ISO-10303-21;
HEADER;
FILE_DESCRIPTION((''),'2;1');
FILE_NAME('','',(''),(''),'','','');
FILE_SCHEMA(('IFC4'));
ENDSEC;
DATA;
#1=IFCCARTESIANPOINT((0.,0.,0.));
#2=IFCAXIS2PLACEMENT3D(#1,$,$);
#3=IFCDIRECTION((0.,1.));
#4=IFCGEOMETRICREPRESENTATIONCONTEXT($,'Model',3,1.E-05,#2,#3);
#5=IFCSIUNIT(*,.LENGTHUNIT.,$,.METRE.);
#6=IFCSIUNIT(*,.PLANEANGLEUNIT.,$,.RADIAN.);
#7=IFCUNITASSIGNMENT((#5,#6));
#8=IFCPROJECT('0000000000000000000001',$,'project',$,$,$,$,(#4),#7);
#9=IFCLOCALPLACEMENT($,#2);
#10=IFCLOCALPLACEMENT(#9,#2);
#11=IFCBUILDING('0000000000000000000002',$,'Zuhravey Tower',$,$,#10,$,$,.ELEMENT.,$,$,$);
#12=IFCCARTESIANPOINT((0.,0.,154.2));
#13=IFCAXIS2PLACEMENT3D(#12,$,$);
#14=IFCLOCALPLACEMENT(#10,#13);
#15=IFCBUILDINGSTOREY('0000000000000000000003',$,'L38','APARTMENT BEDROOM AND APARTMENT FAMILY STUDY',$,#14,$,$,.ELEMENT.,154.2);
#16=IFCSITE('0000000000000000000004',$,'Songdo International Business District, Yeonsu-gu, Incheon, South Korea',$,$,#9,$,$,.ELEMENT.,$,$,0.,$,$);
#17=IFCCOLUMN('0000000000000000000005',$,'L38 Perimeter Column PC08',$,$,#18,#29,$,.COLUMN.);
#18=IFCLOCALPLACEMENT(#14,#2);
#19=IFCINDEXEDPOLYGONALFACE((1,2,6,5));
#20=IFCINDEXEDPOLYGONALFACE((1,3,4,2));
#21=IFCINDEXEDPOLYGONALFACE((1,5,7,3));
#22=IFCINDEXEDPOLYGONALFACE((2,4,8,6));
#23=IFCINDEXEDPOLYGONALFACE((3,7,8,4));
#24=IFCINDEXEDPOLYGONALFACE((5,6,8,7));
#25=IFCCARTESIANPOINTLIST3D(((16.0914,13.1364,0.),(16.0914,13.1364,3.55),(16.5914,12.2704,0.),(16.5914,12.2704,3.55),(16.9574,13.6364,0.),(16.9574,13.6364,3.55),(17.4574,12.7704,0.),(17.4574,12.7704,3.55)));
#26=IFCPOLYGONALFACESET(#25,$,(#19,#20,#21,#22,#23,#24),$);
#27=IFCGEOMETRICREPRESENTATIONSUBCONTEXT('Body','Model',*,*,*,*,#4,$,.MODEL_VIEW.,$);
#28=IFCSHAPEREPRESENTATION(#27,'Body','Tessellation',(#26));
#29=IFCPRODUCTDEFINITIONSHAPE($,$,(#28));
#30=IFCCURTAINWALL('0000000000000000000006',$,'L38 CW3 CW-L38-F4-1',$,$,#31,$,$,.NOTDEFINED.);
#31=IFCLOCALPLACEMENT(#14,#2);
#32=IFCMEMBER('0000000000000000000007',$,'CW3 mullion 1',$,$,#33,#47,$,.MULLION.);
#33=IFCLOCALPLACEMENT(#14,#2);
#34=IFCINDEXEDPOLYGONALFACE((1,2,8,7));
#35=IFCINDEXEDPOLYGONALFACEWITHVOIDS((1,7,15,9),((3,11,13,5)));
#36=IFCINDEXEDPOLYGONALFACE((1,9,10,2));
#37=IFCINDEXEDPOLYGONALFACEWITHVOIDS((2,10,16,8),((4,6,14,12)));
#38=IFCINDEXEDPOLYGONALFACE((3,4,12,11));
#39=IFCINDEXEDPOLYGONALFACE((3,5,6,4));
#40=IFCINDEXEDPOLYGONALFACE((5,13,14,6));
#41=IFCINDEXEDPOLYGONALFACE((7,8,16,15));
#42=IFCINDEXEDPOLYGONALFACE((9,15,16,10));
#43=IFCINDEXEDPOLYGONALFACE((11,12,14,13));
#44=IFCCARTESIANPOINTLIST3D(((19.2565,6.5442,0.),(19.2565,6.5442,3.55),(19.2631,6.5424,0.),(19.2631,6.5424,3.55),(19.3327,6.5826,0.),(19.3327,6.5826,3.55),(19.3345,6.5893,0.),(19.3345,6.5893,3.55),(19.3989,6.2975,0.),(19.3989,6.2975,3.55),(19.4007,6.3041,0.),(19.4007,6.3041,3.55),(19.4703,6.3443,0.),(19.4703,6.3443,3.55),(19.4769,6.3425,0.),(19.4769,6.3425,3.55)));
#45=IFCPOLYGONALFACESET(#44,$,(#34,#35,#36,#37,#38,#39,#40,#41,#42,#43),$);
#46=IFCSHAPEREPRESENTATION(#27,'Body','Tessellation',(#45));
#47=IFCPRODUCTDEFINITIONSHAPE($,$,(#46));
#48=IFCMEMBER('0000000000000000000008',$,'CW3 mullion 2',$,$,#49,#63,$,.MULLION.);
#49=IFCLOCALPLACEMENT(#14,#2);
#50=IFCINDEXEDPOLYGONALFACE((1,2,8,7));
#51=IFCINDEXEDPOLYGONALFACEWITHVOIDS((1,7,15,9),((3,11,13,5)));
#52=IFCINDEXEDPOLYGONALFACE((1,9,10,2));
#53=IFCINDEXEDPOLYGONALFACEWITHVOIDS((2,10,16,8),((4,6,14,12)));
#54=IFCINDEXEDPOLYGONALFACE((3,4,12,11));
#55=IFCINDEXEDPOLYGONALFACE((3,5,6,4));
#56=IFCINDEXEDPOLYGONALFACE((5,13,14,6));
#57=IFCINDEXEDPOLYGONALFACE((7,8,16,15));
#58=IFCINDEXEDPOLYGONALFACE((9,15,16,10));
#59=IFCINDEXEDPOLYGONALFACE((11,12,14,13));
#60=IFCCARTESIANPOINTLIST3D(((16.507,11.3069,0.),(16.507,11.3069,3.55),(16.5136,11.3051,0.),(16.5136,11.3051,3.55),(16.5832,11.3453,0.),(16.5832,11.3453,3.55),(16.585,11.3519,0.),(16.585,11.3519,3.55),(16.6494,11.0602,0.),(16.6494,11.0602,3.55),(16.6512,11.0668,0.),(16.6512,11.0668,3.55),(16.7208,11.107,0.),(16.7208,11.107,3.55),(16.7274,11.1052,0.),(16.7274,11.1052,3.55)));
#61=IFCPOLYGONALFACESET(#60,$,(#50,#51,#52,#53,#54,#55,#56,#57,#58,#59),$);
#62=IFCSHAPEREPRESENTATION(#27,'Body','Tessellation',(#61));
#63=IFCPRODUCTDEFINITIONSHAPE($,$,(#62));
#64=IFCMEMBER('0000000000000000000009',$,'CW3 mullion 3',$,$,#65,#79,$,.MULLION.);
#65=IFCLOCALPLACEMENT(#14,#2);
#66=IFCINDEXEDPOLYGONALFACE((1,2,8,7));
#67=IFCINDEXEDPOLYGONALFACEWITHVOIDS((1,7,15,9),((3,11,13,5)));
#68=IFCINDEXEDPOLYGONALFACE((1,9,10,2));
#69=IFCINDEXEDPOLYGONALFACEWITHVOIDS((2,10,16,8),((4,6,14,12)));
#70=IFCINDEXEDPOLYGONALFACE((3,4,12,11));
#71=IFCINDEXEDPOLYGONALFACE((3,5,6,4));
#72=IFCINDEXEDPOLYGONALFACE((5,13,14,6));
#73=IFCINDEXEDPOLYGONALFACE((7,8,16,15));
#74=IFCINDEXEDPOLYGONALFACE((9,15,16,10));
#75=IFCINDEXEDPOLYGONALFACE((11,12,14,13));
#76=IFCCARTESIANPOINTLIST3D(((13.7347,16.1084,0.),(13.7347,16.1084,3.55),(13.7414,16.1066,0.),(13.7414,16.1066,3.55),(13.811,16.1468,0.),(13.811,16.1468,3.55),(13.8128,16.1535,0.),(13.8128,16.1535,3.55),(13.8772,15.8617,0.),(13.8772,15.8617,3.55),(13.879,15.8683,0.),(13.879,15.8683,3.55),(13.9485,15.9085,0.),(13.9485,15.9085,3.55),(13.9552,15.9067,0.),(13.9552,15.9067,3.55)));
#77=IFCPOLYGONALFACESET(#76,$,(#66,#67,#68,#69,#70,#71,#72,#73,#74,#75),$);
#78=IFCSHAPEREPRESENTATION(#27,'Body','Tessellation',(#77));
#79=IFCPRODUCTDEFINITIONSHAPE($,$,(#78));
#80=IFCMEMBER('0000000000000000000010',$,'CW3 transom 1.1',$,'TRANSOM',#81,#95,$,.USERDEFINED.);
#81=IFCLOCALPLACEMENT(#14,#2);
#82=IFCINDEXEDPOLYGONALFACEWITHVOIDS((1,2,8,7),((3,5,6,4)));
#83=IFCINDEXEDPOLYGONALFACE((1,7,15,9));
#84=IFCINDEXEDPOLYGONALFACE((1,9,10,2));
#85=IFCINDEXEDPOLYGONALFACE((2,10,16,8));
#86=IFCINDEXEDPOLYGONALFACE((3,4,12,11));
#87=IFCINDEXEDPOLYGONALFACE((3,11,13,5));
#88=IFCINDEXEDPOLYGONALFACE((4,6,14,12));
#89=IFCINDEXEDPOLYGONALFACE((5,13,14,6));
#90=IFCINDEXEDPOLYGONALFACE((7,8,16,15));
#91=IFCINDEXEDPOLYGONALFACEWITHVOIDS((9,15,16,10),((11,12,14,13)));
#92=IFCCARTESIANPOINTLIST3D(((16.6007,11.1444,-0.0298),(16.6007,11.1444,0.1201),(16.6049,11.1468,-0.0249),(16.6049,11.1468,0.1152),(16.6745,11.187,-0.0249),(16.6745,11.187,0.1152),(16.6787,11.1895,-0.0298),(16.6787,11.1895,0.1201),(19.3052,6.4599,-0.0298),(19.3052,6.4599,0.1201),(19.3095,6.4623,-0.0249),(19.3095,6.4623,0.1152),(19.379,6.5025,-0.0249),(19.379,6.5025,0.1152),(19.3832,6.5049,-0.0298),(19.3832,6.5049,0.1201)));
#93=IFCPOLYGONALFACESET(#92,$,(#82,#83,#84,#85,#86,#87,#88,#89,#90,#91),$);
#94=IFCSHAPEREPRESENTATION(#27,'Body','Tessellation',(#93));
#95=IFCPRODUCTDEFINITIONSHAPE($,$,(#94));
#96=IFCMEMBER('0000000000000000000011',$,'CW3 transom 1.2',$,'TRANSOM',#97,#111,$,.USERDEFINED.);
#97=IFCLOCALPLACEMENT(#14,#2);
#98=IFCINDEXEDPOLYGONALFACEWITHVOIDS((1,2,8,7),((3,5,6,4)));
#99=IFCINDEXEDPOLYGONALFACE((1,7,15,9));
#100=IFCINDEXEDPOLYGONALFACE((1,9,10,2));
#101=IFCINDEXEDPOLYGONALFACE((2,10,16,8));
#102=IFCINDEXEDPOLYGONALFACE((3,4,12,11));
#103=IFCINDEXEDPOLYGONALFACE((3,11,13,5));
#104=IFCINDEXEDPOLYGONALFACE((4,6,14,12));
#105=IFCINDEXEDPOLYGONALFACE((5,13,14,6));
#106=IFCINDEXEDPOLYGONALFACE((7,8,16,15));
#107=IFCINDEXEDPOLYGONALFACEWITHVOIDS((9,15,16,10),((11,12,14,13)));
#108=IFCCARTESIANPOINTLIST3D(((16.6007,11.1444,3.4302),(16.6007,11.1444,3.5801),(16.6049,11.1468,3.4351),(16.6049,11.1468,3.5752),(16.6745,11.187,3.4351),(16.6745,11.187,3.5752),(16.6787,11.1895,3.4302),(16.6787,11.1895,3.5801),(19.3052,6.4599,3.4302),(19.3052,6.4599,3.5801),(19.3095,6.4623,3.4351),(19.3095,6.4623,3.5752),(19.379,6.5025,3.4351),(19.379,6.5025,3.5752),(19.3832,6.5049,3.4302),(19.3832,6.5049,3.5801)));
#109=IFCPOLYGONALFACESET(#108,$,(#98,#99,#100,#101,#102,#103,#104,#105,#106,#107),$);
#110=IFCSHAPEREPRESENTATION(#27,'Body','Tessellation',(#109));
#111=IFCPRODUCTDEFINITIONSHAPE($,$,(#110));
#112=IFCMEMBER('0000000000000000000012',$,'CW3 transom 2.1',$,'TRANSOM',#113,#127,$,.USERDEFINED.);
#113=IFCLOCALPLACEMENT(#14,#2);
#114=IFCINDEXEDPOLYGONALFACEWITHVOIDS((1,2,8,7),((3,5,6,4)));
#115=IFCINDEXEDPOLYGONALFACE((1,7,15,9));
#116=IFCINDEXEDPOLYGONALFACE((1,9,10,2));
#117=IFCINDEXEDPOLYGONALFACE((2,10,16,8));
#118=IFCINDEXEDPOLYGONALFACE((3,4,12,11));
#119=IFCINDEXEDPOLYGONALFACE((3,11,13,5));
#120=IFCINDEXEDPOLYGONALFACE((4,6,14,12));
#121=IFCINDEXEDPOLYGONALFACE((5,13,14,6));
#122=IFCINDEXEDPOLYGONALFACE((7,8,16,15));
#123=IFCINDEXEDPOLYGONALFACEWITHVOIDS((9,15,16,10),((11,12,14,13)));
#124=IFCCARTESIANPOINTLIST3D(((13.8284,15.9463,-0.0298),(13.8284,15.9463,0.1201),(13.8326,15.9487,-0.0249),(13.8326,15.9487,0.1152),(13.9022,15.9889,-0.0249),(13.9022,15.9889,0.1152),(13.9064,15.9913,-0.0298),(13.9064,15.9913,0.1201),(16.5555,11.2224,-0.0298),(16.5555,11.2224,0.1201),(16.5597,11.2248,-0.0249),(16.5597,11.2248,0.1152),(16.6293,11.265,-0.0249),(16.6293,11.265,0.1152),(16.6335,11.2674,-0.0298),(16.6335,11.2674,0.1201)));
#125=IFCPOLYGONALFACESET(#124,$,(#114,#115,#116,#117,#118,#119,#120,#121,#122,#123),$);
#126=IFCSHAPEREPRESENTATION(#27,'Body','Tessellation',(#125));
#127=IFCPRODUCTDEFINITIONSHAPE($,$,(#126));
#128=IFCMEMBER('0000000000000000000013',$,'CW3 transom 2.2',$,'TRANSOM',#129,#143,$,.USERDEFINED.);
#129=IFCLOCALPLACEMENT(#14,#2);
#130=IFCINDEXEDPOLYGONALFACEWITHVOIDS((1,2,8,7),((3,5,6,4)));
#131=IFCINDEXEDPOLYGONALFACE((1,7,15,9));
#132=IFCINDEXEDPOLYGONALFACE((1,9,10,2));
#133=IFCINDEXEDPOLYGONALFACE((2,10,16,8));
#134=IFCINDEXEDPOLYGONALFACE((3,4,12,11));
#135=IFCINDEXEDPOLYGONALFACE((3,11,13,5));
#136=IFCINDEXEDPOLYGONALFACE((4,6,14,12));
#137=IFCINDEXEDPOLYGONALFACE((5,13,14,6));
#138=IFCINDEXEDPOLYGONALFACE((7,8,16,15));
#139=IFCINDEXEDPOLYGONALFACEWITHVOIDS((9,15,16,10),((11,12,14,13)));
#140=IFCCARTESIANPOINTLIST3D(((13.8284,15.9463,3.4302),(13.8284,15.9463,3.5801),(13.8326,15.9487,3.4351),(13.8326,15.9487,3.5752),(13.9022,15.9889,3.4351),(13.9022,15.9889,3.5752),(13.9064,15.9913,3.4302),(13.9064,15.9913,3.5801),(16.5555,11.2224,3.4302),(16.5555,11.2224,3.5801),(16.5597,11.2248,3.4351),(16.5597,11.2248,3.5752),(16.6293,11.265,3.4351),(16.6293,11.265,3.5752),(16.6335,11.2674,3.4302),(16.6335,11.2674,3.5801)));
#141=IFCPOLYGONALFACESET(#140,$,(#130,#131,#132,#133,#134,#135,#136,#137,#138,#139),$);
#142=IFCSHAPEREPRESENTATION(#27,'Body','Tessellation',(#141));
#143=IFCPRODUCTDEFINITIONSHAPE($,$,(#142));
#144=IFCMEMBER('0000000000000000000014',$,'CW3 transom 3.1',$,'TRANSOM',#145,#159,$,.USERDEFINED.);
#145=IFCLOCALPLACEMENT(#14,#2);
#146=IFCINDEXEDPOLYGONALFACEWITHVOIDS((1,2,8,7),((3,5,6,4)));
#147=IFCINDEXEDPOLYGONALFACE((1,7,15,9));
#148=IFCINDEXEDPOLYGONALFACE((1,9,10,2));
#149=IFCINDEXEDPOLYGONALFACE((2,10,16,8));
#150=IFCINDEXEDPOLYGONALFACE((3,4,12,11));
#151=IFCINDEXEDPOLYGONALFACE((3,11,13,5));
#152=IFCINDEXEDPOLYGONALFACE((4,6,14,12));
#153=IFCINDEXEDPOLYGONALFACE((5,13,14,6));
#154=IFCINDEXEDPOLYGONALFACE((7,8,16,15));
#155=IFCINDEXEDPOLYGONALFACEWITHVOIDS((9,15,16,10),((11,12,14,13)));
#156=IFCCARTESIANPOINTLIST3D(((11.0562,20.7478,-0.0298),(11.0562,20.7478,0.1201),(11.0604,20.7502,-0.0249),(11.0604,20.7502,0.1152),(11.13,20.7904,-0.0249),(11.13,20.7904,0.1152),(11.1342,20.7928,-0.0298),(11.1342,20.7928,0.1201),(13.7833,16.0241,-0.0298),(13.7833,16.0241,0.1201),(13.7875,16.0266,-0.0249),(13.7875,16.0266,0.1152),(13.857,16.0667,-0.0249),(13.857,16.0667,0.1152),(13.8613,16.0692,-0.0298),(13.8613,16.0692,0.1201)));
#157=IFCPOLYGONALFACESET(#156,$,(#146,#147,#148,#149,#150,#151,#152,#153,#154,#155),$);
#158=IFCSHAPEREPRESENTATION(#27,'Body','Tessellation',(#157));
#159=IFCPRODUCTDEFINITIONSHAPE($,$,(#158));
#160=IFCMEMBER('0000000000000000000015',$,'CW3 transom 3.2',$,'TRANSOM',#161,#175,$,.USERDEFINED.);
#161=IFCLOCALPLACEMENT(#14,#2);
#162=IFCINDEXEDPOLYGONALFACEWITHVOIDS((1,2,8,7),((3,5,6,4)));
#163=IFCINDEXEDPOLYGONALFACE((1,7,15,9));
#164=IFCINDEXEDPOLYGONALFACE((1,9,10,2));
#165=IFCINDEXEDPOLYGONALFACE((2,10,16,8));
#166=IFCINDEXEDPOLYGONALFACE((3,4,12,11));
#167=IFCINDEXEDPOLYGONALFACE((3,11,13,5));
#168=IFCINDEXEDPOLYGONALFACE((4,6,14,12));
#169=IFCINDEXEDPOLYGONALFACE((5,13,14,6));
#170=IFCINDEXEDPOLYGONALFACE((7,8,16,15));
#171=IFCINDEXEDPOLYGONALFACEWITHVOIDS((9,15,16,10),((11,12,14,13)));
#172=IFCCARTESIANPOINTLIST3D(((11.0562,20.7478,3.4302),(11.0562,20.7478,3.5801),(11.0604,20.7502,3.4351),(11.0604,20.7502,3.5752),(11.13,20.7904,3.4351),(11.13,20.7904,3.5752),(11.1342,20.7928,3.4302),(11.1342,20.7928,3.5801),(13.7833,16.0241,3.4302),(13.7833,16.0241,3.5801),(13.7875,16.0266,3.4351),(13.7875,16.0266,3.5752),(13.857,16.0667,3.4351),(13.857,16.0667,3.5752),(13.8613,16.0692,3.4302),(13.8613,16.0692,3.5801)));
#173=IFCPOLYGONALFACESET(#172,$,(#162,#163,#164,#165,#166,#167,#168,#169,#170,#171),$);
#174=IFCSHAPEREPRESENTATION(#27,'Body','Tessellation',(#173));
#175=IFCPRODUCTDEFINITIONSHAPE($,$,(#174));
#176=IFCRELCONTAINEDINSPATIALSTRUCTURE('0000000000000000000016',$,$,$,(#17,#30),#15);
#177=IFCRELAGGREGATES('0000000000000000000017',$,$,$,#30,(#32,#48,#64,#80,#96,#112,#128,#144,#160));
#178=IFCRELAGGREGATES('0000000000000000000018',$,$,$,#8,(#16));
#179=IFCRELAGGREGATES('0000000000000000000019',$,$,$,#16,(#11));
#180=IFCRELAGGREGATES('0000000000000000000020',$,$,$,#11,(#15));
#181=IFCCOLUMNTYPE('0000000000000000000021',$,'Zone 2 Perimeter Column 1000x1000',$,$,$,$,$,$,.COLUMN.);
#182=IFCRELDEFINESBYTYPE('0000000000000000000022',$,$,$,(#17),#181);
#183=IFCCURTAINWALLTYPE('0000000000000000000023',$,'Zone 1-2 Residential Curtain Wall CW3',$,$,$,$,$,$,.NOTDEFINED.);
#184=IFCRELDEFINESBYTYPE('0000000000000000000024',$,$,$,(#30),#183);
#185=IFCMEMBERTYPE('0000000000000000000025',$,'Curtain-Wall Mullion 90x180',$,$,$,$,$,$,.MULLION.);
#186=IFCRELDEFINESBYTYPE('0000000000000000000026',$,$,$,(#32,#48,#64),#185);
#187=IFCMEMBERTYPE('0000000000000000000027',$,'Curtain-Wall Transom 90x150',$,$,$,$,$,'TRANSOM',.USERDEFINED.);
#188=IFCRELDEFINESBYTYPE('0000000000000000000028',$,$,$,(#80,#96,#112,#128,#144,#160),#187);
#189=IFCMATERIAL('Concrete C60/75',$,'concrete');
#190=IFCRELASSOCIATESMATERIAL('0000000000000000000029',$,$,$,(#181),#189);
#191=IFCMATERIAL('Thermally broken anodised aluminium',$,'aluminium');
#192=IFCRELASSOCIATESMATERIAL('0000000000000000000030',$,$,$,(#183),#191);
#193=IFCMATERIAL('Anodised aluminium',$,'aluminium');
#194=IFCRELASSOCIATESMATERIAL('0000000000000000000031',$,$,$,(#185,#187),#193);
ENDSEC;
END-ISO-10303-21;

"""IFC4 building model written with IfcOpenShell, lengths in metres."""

from ifc_helpers import new_model, si_unit, direction, frame, origin, origin_2d, place, context, subcontext, project, spatial, rectangle, hollow_rectangle, extrude, material, material_profile, profile_set, type_object, element, aggregate, save


model = new_model("IFC4")

# Units and contexts
model_context = context("Model", 3, precision=1e-05, world=origin(), true_north=direction((0.0, 1.0)))
body_context = subcontext(model_context, "Body", "Model", "MODEL_VIEW")
ifc_project = project(units=[si_unit("LENGTHUNIT", "METRE"), si_unit("PLANEANGLEUNIT", "RADIAN")], contexts=[model_context])

# Site, building, storey
site_placement = place(None, origin())
site = spatial("IfcSite", under=ifc_project, at=site_placement, Name="Songdo International Business District, Yeonsu-gu, Incheon, South Korea", CompositionType="ELEMENT", RefElevation=0.0)
building_placement = place(site_placement, origin())
building = spatial("IfcBuilding", under=site, at=building_placement, Name="Zuhravey Tower", CompositionType="ELEMENT")
storey_placement = place(building_placement, frame((0.0, 0.0, 154.2)))
storey = spatial("IfcBuildingStorey", under=building, at=storey_placement, Name="L38", Description="APARTMENT BEDROOM AND APARTMENT FAMILY STUDY", CompositionType="ELEMENT", Elevation=154.2)

# Column
ifc_material_1 = material(Name="Concrete C60/75", Category="concrete")
ifc_material_profile_1 = material_profile(ifc_material_1, rectangle(XDim=1.0, YDim=1.0, at=origin_2d()), Name="RC-1000x1000")
ifc_profile_set_1 = profile_set([ifc_material_profile_1], Name="Concrete C60/75")
column_type = type_object("IfcColumnType", Name="Zone 2 Perimeter Column 1000x1000", PredefinedType="COLUMN", material=ifc_profile_set_1)
column_placement = place(storey_placement, frame((16.7744, 12.9534, 0.0), z_axis=(0.0, 0.0, 1.0), x_axis=(0.5, -0.866025, 0.0)))
element("IfcColumn", 1, at=column_placement, inside=storey, type_object=column_type, Name="L38 Perimeter Column PC08", PredefinedType="COLUMN", context=body_context, shape_type="SweptSolid", body=[
    extrude(rectangle(XDim=1.0, YDim=1.0, at=origin_2d()), origin(), (0.0, 0.0, 1.0), 3.55),
])

# Curtain wall, members
ifc_material_2 = material(Name="Thermally broken anodised aluminium", Category="aluminium")
curtain_wall_type = type_object("IfcCurtainWallType", Name="Zone 1-2 Residential Curtain Wall CW3", PredefinedType="NOTDEFINED", material=ifc_material_2)
curtain_wall_placement = place(storey_placement, origin())
curtain_wall = element("IfcCurtainWall", 2, at=curtain_wall_placement, inside=storey, type_object=curtain_wall_type, Name="L38 CW3 CW-L38-F4-1", PredefinedType="NOTDEFINED")
ifc_material_3 = material(Name="Anodised aluminium", Category="aluminium")
ifc_material_profile_2 = material_profile(ifc_material_3, hollow_rectangle(XDim=0.0901, YDim=0.2849, WallThickness=0.0049, at=origin_2d()), Name="ALU-RHS-90x285x5")
ifc_profile_set_2 = profile_set([ifc_material_profile_2], Name="Anodised aluminium")
member_type_1 = type_object("IfcMemberType", Name="Curtain-Wall Mullion 90x180", PredefinedType="MULLION", material=ifc_profile_set_2)
member_1_placement = place(storey_placement, frame((19.3667, 6.4434, 0.0), z_axis=(0.0, 0.0, 1.0), x_axis=(-0.866025, -0.5, 0.0)))
member_1 = element("IfcMember", 3, at=member_1_placement, type_object=member_type_1, Name="CW3 mullion 1", PredefinedType="MULLION", context=body_context, shape_type="SweptSolid", body=[
    extrude(hollow_rectangle(XDim=0.0901, YDim=0.2849, WallThickness=0.0049, at=origin_2d()), origin(), (0.0, 0.0, 1.0), 3.55),
])
member_2_placement = place(storey_placement, frame((16.6172, 11.2061, 0.0), z_axis=(0.0, 0.0, 1.0), x_axis=(-0.866025, -0.5, 0.0)))
member_2 = element("IfcMember", 4, at=member_2_placement, type_object=member_type_1, Name="CW3 mullion 2", PredefinedType="MULLION", context=body_context, shape_type="SweptSolid", body=[
    extrude(hollow_rectangle(XDim=0.0901, YDim=0.2849, WallThickness=0.0049, at=origin_2d()), origin(), (0.0, 0.0, 1.0), 3.55),
])
member_3_placement = place(storey_placement, frame((13.845, 16.0076, 0.0), z_axis=(0.0, 0.0, 1.0), x_axis=(-0.866025, -0.5, 0.0)))
member_3 = element("IfcMember", 5, at=member_3_placement, type_object=member_type_1, Name="CW3 mullion 3", PredefinedType="MULLION", context=body_context, shape_type="SweptSolid", body=[
    extrude(hollow_rectangle(XDim=0.0901, YDim=0.2849, WallThickness=0.0049, at=origin_2d()), origin(), (0.0, 0.0, 1.0), 3.55),
])
ifc_material_profile_3 = material_profile(ifc_material_3, hollow_rectangle(XDim=0.0901, YDim=0.1499, WallThickness=0.0049, at=origin_2d()), Name="ALU-RHS-90x150x5")
ifc_profile_set_3 = profile_set([ifc_material_profile_3], Name="Anodised aluminium")
member_type_2 = type_object("IfcMemberType", Name="Curtain-Wall Transom 90x150", ElementType="TRANSOM", PredefinedType="USERDEFINED", material=ifc_profile_set_3)
member_4_placement = place(storey_placement, frame((19.3442, 6.4824, 0.0452), z_axis=(-0.499993, 0.866029, 0.0), x_axis=(-0.866029, -0.499993, 0.0)))
member_4 = element("IfcMember", 6, at=member_4_placement, type_object=member_type_2, Name="CW3 transom 1.1", ObjectType="TRANSOM", PredefinedType="USERDEFINED", context=body_context, shape_type="SweptSolid", body=[
    extrude(hollow_rectangle(XDim=0.0901, YDim=0.1499, WallThickness=0.0049, at=origin_2d()), origin(), (0.0, 0.0, 1.0), 5.4092),
])
member_5_placement = place(storey_placement, frame((19.3442, 6.4824, 3.5051), z_axis=(-0.499993, 0.866029, 0.0), x_axis=(-0.866029, -0.499993, 0.0)))
member_5 = element("IfcMember", 7, at=member_5_placement, type_object=member_type_2, Name="CW3 transom 1.2", ObjectType="TRANSOM", PredefinedType="USERDEFINED", context=body_context, shape_type="SweptSolid", body=[
    extrude(hollow_rectangle(XDim=0.0901, YDim=0.1499, WallThickness=0.0049, at=origin_2d()), origin(), (0.0, 0.0, 1.0), 5.4092),
])
member_6_placement = place(storey_placement, frame((16.5945, 11.2449, 0.0452), z_axis=(-0.499961, 0.866048, 0.0), x_axis=(-0.866048, -0.499961, 0.0)))
member_6 = element("IfcMember", 8, at=member_6_placement, type_object=member_type_2, Name="CW3 transom 2.1", ObjectType="TRANSOM", PredefinedType="USERDEFINED", context=body_context, shape_type="SweptSolid", body=[
    extrude(hollow_rectangle(XDim=0.0901, YDim=0.1499, WallThickness=0.0049, at=origin_2d()), origin(), (0.0, 0.0, 1.0), 5.4546),
])
member_7_placement = place(storey_placement, frame((16.5945, 11.2449, 3.5051), z_axis=(-0.499961, 0.866048, 0.0), x_axis=(-0.866048, -0.499961, 0.0)))
member_7 = element("IfcMember", 9, at=member_7_placement, type_object=member_type_2, Name="CW3 transom 2.2", ObjectType="TRANSOM", PredefinedType="USERDEFINED", context=body_context, shape_type="SweptSolid", body=[
    extrude(hollow_rectangle(XDim=0.0901, YDim=0.1499, WallThickness=0.0049, at=origin_2d()), origin(), (0.0, 0.0, 1.0), 5.4546),
])
member_8_placement = place(storey_placement, frame((13.8223, 16.0466, 0.0452), z_axis=(-0.499981, 0.866037, 0.0), x_axis=(-0.866037, -0.499981, 0.0)))
member_8 = element("IfcMember", 10, at=member_8_placement, type_object=member_type_2, Name="CW3 transom 3.1", ObjectType="TRANSOM", PredefinedType="USERDEFINED", context=body_context, shape_type="SweptSolid", body=[
    extrude(hollow_rectangle(XDim=0.0901, YDim=0.1499, WallThickness=0.0049, at=origin_2d()), origin(), (0.0, 0.0, 1.0), 5.4543),
])
member_9_placement = place(storey_placement, frame((13.8223, 16.0466, 3.5051), z_axis=(-0.499981, 0.866037, 0.0), x_axis=(-0.866037, -0.499981, 0.0)))
member_9 = element("IfcMember", 11, at=member_9_placement, type_object=member_type_2, Name="CW3 transom 3.2", ObjectType="TRANSOM", PredefinedType="USERDEFINED", context=body_context, shape_type="SweptSolid", body=[
    extrude(hollow_rectangle(XDim=0.0901, YDim=0.1499, WallThickness=0.0049, at=origin_2d()), origin(), (0.0, 0.0, 1.0), 5.4543),
])

aggregate(curtain_wall, [member_1, member_2, member_3, member_4, member_5, member_6, member_7, member_8, member_9])

save(model, "model.ifc")
